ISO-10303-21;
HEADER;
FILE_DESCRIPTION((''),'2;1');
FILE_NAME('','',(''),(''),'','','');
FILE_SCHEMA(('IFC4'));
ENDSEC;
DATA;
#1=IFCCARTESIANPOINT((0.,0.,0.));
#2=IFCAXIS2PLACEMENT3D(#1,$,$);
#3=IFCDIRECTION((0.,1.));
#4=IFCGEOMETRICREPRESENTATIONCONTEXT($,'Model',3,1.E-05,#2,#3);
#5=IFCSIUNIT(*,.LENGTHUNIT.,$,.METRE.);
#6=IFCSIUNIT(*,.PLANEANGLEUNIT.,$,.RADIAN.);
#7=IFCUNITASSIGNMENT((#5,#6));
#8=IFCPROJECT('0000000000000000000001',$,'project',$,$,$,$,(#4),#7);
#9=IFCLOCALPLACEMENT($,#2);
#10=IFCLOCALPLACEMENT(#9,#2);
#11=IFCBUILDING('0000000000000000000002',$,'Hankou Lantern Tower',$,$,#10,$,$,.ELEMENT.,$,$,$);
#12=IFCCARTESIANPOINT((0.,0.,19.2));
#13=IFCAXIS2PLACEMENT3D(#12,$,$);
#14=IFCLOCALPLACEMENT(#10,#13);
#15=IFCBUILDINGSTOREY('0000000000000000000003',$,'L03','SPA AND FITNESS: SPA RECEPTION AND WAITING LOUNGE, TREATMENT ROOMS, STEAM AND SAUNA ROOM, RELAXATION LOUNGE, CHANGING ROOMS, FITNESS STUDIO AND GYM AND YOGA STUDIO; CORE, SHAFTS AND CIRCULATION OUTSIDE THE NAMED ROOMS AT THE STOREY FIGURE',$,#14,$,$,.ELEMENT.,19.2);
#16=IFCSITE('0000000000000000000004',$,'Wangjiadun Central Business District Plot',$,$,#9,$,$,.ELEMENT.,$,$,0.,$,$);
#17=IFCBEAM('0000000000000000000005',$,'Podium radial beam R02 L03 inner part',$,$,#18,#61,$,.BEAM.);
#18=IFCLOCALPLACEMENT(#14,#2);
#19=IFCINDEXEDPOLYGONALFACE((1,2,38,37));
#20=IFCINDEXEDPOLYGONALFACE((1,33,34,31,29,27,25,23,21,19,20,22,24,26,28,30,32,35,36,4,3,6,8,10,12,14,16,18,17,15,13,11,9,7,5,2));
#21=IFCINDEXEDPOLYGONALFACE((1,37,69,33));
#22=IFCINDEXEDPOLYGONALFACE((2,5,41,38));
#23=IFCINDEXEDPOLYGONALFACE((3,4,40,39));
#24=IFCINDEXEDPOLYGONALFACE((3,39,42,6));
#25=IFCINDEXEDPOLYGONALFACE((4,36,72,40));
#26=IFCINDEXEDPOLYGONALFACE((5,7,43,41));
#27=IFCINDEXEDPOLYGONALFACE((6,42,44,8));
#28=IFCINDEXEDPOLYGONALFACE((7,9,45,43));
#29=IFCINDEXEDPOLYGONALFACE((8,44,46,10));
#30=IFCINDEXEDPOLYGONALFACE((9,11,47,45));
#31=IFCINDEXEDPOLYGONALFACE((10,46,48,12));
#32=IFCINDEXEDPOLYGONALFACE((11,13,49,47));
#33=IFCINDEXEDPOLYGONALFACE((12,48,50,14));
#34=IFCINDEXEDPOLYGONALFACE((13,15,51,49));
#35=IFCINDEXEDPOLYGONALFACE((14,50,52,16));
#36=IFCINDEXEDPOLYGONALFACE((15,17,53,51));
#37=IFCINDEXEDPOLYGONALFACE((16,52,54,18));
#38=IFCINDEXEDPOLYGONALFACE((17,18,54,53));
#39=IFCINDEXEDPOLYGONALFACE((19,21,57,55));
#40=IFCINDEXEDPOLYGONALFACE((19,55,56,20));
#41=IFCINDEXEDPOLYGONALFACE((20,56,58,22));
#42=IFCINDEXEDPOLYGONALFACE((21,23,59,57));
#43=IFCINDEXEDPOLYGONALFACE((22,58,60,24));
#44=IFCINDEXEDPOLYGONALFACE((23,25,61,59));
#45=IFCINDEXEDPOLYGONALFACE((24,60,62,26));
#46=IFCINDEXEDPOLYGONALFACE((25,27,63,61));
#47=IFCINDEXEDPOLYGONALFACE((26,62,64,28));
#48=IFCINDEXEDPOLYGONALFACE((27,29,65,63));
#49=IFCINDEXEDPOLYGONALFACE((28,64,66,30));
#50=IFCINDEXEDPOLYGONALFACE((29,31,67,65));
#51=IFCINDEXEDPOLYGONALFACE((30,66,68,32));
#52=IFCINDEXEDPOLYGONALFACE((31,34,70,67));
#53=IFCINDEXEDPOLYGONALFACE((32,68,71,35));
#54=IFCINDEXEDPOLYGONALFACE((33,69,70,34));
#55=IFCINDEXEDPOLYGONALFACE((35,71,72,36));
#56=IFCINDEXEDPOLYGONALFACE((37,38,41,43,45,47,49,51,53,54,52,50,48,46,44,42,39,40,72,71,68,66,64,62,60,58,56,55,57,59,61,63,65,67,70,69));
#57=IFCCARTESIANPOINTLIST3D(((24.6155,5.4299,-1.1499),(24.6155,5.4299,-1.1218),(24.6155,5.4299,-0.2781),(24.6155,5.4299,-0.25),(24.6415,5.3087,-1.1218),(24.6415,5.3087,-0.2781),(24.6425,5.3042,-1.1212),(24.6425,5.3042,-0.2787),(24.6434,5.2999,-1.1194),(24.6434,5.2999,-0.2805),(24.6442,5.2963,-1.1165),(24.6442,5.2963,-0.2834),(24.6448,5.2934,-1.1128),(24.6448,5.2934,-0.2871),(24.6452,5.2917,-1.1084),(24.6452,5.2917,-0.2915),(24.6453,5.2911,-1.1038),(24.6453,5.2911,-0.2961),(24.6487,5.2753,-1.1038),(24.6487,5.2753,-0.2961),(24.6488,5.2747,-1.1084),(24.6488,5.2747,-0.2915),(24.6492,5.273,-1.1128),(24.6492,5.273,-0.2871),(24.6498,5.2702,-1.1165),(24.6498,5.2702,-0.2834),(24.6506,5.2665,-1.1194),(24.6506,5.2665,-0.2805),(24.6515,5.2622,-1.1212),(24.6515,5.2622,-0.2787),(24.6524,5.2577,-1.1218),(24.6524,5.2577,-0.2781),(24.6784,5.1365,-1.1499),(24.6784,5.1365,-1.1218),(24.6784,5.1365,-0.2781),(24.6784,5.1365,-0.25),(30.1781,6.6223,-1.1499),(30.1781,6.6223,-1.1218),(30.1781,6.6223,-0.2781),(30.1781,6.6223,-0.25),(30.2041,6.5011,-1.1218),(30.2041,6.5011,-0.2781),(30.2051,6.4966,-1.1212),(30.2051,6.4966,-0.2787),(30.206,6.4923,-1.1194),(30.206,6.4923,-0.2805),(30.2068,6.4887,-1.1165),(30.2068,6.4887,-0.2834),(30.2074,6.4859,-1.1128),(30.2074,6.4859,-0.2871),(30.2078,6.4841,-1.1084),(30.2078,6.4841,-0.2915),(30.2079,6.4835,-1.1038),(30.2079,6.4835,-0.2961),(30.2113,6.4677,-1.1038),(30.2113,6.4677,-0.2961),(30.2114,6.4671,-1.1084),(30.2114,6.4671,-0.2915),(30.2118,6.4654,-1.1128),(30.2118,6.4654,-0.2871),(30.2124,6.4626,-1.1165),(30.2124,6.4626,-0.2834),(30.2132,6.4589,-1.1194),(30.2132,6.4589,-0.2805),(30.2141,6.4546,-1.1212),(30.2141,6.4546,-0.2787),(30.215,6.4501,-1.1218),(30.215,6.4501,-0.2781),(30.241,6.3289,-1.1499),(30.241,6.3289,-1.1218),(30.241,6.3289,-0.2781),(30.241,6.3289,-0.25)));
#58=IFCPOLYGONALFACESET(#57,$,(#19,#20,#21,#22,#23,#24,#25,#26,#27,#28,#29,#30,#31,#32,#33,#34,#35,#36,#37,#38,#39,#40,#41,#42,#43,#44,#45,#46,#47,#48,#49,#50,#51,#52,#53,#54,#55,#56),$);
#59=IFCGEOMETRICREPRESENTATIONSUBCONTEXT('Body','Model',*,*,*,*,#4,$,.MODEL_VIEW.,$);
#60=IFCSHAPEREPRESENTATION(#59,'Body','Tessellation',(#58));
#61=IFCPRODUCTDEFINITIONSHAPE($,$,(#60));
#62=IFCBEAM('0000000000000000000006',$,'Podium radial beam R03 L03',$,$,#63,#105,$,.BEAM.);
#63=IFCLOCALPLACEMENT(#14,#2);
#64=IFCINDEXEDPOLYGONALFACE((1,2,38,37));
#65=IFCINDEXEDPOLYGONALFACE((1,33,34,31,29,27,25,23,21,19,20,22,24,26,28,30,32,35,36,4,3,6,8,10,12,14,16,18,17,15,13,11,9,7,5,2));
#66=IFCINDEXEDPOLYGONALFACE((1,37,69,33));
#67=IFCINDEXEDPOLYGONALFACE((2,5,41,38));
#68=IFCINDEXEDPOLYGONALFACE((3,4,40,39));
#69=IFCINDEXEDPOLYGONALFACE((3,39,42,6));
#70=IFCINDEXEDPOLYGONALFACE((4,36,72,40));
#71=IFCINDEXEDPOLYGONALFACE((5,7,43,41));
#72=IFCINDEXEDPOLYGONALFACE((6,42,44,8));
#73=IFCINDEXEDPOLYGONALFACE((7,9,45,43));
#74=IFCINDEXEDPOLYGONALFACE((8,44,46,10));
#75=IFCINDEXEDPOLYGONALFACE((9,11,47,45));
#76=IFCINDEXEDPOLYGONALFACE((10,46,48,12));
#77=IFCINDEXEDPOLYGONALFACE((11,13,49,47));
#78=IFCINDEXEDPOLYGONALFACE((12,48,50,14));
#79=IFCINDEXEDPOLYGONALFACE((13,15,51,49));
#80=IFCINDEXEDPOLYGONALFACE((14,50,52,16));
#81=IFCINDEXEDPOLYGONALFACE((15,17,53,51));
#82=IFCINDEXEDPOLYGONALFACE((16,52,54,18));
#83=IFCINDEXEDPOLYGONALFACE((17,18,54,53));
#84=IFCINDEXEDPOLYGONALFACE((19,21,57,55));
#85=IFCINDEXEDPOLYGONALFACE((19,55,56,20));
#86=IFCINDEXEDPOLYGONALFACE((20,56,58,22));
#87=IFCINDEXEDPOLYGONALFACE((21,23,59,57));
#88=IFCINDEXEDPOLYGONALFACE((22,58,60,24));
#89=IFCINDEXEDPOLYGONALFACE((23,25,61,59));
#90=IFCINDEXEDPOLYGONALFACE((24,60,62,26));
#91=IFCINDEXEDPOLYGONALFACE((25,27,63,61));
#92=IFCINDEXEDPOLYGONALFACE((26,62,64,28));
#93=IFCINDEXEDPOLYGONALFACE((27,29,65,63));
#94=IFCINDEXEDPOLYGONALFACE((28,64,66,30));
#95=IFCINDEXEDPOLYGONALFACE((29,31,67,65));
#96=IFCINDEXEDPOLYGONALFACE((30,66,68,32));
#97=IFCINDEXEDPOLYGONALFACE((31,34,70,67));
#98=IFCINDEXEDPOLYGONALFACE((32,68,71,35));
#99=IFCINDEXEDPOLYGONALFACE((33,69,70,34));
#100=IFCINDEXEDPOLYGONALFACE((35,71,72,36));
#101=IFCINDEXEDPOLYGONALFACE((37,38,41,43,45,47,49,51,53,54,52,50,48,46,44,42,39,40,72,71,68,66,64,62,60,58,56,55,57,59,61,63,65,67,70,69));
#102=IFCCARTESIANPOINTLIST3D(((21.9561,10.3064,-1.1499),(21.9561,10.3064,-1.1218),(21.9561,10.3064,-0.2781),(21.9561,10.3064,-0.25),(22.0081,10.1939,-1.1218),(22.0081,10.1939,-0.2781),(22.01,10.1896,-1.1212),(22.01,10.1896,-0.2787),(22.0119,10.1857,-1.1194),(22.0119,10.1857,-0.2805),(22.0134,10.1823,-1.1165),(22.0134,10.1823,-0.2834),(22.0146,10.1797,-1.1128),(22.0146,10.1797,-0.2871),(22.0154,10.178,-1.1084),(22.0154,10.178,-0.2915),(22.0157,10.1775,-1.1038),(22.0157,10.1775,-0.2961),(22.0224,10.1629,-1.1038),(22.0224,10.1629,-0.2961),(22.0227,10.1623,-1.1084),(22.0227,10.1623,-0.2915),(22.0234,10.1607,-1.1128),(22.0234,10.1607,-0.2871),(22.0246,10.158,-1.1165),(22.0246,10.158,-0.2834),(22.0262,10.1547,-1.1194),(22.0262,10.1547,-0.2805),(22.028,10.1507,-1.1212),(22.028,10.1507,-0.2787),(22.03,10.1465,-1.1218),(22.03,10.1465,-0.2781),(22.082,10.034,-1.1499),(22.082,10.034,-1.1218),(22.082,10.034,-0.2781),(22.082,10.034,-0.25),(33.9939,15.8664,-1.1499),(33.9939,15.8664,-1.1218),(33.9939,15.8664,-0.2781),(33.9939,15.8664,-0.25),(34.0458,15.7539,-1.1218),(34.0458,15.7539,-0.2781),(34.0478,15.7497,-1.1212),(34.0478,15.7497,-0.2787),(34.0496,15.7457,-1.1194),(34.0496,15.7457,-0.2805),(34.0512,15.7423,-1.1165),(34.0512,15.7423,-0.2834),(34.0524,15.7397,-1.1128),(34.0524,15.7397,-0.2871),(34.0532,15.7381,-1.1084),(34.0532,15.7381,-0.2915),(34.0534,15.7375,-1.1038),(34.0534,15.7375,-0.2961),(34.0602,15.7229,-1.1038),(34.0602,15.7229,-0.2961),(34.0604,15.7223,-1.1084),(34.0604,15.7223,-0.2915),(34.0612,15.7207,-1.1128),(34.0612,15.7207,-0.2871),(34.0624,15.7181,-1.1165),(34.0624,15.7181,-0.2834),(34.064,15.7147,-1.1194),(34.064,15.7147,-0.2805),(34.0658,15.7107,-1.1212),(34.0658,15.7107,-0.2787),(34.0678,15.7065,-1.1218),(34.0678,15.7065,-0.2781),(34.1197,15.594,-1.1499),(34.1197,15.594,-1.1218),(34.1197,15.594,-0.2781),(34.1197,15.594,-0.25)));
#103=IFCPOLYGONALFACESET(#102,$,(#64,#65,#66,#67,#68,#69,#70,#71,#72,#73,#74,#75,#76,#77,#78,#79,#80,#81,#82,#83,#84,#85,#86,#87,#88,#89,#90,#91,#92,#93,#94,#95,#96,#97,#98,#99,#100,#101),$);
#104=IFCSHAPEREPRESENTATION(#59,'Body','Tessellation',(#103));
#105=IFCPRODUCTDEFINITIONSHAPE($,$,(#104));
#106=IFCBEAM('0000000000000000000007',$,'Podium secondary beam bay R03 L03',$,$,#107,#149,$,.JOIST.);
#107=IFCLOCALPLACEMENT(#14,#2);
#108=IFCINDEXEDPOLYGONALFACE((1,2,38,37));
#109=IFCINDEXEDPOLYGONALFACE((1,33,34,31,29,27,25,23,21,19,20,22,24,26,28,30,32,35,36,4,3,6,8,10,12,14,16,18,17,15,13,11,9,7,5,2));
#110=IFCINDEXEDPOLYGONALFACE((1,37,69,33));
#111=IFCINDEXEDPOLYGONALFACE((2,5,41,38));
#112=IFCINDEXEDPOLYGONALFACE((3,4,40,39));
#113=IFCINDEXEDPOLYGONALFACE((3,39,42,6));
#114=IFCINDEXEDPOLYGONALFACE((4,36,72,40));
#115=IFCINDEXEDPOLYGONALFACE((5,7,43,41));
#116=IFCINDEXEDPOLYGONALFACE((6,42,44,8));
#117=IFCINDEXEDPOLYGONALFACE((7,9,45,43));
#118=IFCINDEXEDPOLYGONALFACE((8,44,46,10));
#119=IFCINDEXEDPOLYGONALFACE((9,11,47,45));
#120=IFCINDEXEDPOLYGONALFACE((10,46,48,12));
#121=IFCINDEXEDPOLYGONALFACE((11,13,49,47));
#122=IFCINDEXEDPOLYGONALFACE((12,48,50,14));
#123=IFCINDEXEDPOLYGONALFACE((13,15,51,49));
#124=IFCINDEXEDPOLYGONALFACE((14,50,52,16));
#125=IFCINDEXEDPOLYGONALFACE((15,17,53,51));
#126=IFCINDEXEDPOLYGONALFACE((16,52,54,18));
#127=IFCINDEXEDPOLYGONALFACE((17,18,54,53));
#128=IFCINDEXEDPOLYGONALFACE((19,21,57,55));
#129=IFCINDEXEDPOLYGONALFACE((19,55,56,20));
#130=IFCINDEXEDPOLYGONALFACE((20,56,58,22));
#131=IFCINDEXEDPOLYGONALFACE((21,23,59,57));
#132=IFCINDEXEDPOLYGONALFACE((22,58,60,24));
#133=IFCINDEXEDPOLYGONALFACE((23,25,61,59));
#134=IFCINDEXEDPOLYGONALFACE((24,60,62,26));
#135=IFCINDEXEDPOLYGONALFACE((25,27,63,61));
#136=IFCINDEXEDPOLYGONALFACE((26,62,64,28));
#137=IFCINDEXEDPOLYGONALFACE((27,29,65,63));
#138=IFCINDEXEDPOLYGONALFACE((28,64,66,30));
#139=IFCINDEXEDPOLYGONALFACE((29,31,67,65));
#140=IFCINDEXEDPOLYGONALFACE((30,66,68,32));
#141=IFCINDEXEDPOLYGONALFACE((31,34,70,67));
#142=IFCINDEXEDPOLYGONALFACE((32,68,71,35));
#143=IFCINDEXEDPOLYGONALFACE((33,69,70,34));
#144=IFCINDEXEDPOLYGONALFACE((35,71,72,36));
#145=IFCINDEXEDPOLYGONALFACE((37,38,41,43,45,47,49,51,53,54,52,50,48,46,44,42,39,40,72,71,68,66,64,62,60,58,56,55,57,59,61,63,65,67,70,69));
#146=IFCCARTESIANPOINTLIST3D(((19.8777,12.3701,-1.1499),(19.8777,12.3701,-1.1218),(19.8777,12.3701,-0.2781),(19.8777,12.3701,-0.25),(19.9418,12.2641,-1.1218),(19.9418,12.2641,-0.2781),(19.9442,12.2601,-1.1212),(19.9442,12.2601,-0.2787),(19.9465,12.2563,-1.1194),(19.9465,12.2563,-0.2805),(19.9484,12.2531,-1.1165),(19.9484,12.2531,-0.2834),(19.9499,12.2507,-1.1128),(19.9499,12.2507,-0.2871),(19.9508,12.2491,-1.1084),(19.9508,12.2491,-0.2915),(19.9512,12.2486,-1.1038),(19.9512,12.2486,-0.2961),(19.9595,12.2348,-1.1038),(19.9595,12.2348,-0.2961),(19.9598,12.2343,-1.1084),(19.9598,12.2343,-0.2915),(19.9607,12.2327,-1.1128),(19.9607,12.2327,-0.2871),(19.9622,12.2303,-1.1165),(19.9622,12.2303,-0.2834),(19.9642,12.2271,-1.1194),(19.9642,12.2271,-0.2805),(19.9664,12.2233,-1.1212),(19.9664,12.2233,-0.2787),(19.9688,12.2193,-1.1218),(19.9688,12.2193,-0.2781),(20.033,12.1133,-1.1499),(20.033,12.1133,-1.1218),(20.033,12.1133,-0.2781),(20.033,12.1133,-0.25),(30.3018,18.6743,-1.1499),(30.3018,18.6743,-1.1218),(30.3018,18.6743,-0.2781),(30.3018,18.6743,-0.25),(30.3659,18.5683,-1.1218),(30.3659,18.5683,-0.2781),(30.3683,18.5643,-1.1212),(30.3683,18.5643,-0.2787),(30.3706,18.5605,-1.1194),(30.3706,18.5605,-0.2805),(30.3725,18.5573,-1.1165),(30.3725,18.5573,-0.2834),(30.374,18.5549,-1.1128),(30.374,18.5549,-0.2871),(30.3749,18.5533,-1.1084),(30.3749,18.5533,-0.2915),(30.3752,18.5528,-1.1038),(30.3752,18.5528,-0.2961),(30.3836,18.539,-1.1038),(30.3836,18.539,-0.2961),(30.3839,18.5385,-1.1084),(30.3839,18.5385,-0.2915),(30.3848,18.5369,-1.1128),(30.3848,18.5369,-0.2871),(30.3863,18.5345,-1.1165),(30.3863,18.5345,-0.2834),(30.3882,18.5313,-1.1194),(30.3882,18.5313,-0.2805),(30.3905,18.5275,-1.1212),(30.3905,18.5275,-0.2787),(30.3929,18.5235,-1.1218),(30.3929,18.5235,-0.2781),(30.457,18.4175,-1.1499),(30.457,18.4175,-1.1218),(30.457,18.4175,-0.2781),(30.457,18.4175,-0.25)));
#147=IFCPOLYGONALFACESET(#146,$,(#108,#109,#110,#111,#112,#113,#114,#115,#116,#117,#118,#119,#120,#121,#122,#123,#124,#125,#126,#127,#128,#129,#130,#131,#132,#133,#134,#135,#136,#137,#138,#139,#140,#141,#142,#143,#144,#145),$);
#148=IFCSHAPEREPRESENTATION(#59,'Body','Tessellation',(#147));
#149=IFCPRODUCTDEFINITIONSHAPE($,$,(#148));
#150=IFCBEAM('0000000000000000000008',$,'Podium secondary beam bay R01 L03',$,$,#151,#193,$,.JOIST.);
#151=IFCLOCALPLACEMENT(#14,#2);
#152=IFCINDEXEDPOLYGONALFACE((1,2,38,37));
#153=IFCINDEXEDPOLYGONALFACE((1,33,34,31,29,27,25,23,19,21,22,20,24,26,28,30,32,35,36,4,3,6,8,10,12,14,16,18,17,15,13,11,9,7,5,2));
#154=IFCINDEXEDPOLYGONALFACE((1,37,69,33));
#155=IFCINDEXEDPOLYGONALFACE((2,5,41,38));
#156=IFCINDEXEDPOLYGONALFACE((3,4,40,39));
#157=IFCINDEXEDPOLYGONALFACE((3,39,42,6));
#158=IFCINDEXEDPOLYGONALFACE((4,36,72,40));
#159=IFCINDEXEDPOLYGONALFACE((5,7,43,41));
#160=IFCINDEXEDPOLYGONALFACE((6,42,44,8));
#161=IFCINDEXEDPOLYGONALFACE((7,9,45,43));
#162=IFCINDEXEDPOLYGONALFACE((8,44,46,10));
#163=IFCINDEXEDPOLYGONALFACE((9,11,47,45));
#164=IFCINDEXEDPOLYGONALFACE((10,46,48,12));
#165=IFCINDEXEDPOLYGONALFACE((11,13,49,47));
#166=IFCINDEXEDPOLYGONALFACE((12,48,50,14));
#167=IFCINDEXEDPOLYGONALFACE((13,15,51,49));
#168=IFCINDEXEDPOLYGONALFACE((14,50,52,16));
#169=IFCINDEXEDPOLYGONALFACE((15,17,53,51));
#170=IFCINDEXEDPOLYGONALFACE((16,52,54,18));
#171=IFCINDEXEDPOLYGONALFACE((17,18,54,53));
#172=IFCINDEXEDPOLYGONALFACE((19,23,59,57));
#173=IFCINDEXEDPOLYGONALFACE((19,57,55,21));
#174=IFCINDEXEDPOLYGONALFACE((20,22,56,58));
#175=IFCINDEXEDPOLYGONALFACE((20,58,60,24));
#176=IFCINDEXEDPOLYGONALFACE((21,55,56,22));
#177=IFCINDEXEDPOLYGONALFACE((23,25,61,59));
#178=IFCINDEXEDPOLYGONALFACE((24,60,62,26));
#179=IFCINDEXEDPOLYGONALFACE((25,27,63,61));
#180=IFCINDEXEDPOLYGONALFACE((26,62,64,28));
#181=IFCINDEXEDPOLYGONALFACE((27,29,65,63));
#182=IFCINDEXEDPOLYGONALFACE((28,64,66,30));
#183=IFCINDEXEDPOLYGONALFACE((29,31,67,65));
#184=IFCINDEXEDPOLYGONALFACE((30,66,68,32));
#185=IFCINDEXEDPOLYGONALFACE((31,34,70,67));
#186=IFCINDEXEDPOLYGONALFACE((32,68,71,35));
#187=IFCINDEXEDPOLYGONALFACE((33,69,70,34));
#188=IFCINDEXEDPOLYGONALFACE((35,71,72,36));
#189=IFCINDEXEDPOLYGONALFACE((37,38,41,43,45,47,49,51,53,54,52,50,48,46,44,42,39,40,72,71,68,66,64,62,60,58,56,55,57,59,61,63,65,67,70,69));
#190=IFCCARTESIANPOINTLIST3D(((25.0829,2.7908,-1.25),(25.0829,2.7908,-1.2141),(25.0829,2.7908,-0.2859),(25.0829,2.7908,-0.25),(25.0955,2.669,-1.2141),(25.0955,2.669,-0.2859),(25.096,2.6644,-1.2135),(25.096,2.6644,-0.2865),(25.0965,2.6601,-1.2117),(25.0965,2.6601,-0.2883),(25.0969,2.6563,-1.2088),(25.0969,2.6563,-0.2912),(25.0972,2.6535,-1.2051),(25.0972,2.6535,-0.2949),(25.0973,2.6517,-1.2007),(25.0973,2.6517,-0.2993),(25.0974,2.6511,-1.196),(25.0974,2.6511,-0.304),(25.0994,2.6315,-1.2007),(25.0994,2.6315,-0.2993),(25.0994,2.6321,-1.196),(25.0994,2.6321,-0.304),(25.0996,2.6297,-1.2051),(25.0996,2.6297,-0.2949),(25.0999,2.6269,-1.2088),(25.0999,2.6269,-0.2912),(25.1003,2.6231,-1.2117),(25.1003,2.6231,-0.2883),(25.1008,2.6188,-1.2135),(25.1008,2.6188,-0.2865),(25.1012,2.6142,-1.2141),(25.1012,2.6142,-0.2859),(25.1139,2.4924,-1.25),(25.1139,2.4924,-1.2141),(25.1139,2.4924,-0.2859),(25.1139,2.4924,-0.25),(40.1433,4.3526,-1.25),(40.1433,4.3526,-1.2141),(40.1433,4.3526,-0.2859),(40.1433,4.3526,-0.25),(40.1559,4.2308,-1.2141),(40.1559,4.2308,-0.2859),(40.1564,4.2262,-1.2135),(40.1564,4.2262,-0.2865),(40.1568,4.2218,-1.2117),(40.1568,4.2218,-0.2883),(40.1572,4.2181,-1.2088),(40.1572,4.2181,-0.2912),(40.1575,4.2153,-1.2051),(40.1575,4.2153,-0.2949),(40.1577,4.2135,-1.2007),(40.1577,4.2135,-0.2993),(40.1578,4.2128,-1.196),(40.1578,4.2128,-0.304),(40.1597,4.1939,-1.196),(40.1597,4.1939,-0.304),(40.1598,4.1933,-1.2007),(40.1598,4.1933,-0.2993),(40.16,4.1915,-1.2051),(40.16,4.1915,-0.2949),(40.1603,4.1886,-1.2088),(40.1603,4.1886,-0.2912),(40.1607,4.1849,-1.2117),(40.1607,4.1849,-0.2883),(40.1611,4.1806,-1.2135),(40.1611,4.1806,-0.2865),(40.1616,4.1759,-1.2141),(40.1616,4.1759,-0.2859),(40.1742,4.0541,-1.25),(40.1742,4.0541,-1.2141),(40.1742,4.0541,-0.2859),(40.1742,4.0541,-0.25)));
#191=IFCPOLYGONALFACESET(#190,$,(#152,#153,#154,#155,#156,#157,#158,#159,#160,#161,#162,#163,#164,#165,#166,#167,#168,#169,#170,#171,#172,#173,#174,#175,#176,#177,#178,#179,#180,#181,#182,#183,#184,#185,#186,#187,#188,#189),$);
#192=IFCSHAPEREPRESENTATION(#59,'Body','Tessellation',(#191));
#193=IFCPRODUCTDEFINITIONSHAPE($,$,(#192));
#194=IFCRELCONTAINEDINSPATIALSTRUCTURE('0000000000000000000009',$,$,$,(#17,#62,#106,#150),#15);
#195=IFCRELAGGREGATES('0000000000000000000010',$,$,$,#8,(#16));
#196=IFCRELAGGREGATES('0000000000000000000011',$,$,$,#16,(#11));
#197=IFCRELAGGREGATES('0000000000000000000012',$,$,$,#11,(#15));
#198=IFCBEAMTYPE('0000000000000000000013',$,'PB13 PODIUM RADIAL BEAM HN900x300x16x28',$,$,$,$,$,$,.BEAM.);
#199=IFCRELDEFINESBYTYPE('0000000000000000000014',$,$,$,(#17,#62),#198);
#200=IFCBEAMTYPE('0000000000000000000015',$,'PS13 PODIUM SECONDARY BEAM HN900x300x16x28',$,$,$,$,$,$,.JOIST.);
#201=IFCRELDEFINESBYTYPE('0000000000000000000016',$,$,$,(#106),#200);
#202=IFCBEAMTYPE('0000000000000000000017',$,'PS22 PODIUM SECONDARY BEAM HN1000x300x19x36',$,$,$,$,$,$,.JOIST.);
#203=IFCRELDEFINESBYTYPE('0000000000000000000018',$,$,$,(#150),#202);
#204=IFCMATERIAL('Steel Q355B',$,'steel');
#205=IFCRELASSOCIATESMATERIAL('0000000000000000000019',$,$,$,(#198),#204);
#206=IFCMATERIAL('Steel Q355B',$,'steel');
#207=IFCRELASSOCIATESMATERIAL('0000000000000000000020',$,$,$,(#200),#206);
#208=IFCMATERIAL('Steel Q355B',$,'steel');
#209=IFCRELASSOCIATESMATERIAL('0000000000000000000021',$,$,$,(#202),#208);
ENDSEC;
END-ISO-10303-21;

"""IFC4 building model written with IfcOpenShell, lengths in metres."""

from ifc_helpers import new_model, si_unit, direction, frame, origin, origin_2d, place, context, subcontext, project, spatial, i_section, extrude, material, material_profile, profile_set, type_object, element, save


model = new_model("IFC4")

# Units and contexts
model_context = context("Model", 3, precision=1e-05, world=origin(), true_north=direction((0.0, 1.0)))
body_context = subcontext(model_context, "Body", "Model", "MODEL_VIEW")
ifc_project = project(units=[si_unit("LENGTHUNIT", "METRE"), si_unit("PLANEANGLEUNIT", "RADIAN")], contexts=[model_context])

# Site, building, storey
site_placement = place(None, origin())
site = spatial("IfcSite", under=ifc_project, at=site_placement, Name="Wangjiadun Central Business District Plot", CompositionType="ELEMENT", RefElevation=0.0)
building_placement = place(site_placement, origin())
building = spatial("IfcBuilding", under=site, at=building_placement, Name="Hankou Lantern Tower", CompositionType="ELEMENT")
storey_placement = place(building_placement, frame((0.0, 0.0, 19.2)))
storey = spatial("IfcBuildingStorey", under=building, at=storey_placement, Name="L03", Description="SPA AND FITNESS: SPA RECEPTION AND WAITING LOUNGE, TREATMENT ROOMS, STEAM AND SAUNA ROOM, RELAXATION LOUNGE, CHANGING ROOMS, FITNESS STUDIO AND GYM AND YOGA STUDIO; CORE, SHAFTS AND CIRCULATION OUTSIDE THE NAMED ROOMS AT THE STOREY FIGURE", CompositionType="ELEMENT", Elevation=19.2)

# Beams
ifc_material_1 = material(Name="Steel Q355B", Category="steel")
ifc_material_profile_1 = material_profile(ifc_material_1, i_section(OverallWidth=0.3, OverallDepth=0.8999, WebThickness=0.0161, FlangeThickness=0.0281, FilletRadius=0.0181, at=origin_2d()), Name="HN900x300x16x28")
ifc_profile_set_1 = profile_set([ifc_material_profile_1], Name="Steel Q355B")
beam_type_1 = type_object("IfcBeamType", Name="PB13 PODIUM RADIAL BEAM HN900x300x16x28", PredefinedType="BEAM", material=ifc_profile_set_1)
beam_1_placement = place(storey_placement, frame((24.647, 5.2832, -0.7), z_axis=(0.977787, 0.209599, 0.0), x_axis=(-0.209599, 0.977787, 0.0)))
element("IfcBeam", 1, at=beam_1_placement, inside=storey, type_object=beam_type_1, Name="Podium radial beam R02 L03 inner part", PredefinedType="BEAM", context=body_context, shape_type="SweptSolid", body=[
    extrude(i_section(OverallWidth=0.3, OverallDepth=0.8999, WebThickness=0.0161, FlangeThickness=0.0281, FilletRadius=0.0181, at=origin_2d()), origin(), (0.0, 0.0, 1.0), 5.689),
])
beam_2_placement = place(storey_placement, frame((22.019, 10.1702, -0.7), z_axis=(0.907841, 0.419315, 0.0), x_axis=(-0.419315, 0.907841, 0.0)))
element("IfcBeam", 2, at=beam_2_placement, inside=storey, type_object=beam_type_1, Name="Podium radial beam R03 L03", PredefinedType="BEAM", context=body_context, shape_type="SweptSolid", body=[
    extrude(i_section(OverallWidth=0.3, OverallDepth=0.8999, WebThickness=0.0161, FlangeThickness=0.0281, FilletRadius=0.0181, at=origin_2d()), origin(), (0.0, 0.0, 1.0), 13.2598),
])
ifc_material_2 = material(Name="Steel Q355B", Category="steel")
ifc_material_profile_2 = material_profile(ifc_material_2, i_section(OverallWidth=0.3, OverallDepth=0.8999, WebThickness=0.0161, FlangeThickness=0.0281, FilletRadius=0.0181, at=origin_2d()), Name="HN900x300x16x28")
ifc_profile_set_2 = profile_set([ifc_material_profile_2], Name="Steel Q355B")
beam_type_2 = type_object("IfcBeamType", Name="PS13 PODIUM SECONDARY BEAM HN900x300x16x28", PredefinedType="JOIST", material=ifc_profile_set_2)
beam_3_placement = place(storey_placement, frame((19.9553, 12.2417, -0.7), z_axis=(0.855686, 0.517496, 0.0), x_axis=(-0.517496, 0.855686, 0.0)))
element("IfcBeam", 3, at=beam_3_placement, inside=storey, type_object=beam_type_2, Name="Podium secondary beam bay R03 L03", PredefinedType="JOIST", context=body_context, shape_type="SweptSolid", body=[
    extrude(i_section(OverallWidth=0.3, OverallDepth=0.8999, WebThickness=0.0161, FlangeThickness=0.0281, FilletRadius=0.0181, at=origin_2d()), origin(), (0.0, 0.0, 1.0), 12.1821),
])
ifc_material_3 = material(Name="Steel Q355B", Category="steel")
ifc_material_profile_3 = material_profile(ifc_material_3, i_section(OverallWidth=0.3, OverallDepth=1.0, WebThickness=0.019, FlangeThickness=0.0359, FilletRadius=0.0181, at=origin_2d()), Name="HN1000x300x19x36")
ifc_profile_set_3 = profile_set([ifc_material_profile_3], Name="Steel Q355B")
beam_type_3 = type_object("IfcBeamType", Name="PS22 PODIUM SECONDARY BEAM HN1000x300x19x36", PredefinedType="JOIST", material=ifc_profile_set_3)
beam_4_placement = place(storey_placement, frame((25.0984, 2.6416, -0.75), z_axis=(0.994666, 0.103148, 0.0), x_axis=(-0.103148, 0.994666, 0.0)))
element("IfcBeam", 4, at=beam_4_placement, inside=storey, type_object=beam_type_3, Name="Podium secondary beam bay R01 L03", PredefinedType="JOIST", context=body_context, shape_type="SweptSolid", body=[
    extrude(i_section(OverallWidth=0.3, OverallDepth=1.0, WebThickness=0.019, FlangeThickness=0.0359, FilletRadius=0.0181, at=origin_2d()), origin(), (0.0, 0.0, 1.0), 15.1411),
])

save(model, "model.ifc")
